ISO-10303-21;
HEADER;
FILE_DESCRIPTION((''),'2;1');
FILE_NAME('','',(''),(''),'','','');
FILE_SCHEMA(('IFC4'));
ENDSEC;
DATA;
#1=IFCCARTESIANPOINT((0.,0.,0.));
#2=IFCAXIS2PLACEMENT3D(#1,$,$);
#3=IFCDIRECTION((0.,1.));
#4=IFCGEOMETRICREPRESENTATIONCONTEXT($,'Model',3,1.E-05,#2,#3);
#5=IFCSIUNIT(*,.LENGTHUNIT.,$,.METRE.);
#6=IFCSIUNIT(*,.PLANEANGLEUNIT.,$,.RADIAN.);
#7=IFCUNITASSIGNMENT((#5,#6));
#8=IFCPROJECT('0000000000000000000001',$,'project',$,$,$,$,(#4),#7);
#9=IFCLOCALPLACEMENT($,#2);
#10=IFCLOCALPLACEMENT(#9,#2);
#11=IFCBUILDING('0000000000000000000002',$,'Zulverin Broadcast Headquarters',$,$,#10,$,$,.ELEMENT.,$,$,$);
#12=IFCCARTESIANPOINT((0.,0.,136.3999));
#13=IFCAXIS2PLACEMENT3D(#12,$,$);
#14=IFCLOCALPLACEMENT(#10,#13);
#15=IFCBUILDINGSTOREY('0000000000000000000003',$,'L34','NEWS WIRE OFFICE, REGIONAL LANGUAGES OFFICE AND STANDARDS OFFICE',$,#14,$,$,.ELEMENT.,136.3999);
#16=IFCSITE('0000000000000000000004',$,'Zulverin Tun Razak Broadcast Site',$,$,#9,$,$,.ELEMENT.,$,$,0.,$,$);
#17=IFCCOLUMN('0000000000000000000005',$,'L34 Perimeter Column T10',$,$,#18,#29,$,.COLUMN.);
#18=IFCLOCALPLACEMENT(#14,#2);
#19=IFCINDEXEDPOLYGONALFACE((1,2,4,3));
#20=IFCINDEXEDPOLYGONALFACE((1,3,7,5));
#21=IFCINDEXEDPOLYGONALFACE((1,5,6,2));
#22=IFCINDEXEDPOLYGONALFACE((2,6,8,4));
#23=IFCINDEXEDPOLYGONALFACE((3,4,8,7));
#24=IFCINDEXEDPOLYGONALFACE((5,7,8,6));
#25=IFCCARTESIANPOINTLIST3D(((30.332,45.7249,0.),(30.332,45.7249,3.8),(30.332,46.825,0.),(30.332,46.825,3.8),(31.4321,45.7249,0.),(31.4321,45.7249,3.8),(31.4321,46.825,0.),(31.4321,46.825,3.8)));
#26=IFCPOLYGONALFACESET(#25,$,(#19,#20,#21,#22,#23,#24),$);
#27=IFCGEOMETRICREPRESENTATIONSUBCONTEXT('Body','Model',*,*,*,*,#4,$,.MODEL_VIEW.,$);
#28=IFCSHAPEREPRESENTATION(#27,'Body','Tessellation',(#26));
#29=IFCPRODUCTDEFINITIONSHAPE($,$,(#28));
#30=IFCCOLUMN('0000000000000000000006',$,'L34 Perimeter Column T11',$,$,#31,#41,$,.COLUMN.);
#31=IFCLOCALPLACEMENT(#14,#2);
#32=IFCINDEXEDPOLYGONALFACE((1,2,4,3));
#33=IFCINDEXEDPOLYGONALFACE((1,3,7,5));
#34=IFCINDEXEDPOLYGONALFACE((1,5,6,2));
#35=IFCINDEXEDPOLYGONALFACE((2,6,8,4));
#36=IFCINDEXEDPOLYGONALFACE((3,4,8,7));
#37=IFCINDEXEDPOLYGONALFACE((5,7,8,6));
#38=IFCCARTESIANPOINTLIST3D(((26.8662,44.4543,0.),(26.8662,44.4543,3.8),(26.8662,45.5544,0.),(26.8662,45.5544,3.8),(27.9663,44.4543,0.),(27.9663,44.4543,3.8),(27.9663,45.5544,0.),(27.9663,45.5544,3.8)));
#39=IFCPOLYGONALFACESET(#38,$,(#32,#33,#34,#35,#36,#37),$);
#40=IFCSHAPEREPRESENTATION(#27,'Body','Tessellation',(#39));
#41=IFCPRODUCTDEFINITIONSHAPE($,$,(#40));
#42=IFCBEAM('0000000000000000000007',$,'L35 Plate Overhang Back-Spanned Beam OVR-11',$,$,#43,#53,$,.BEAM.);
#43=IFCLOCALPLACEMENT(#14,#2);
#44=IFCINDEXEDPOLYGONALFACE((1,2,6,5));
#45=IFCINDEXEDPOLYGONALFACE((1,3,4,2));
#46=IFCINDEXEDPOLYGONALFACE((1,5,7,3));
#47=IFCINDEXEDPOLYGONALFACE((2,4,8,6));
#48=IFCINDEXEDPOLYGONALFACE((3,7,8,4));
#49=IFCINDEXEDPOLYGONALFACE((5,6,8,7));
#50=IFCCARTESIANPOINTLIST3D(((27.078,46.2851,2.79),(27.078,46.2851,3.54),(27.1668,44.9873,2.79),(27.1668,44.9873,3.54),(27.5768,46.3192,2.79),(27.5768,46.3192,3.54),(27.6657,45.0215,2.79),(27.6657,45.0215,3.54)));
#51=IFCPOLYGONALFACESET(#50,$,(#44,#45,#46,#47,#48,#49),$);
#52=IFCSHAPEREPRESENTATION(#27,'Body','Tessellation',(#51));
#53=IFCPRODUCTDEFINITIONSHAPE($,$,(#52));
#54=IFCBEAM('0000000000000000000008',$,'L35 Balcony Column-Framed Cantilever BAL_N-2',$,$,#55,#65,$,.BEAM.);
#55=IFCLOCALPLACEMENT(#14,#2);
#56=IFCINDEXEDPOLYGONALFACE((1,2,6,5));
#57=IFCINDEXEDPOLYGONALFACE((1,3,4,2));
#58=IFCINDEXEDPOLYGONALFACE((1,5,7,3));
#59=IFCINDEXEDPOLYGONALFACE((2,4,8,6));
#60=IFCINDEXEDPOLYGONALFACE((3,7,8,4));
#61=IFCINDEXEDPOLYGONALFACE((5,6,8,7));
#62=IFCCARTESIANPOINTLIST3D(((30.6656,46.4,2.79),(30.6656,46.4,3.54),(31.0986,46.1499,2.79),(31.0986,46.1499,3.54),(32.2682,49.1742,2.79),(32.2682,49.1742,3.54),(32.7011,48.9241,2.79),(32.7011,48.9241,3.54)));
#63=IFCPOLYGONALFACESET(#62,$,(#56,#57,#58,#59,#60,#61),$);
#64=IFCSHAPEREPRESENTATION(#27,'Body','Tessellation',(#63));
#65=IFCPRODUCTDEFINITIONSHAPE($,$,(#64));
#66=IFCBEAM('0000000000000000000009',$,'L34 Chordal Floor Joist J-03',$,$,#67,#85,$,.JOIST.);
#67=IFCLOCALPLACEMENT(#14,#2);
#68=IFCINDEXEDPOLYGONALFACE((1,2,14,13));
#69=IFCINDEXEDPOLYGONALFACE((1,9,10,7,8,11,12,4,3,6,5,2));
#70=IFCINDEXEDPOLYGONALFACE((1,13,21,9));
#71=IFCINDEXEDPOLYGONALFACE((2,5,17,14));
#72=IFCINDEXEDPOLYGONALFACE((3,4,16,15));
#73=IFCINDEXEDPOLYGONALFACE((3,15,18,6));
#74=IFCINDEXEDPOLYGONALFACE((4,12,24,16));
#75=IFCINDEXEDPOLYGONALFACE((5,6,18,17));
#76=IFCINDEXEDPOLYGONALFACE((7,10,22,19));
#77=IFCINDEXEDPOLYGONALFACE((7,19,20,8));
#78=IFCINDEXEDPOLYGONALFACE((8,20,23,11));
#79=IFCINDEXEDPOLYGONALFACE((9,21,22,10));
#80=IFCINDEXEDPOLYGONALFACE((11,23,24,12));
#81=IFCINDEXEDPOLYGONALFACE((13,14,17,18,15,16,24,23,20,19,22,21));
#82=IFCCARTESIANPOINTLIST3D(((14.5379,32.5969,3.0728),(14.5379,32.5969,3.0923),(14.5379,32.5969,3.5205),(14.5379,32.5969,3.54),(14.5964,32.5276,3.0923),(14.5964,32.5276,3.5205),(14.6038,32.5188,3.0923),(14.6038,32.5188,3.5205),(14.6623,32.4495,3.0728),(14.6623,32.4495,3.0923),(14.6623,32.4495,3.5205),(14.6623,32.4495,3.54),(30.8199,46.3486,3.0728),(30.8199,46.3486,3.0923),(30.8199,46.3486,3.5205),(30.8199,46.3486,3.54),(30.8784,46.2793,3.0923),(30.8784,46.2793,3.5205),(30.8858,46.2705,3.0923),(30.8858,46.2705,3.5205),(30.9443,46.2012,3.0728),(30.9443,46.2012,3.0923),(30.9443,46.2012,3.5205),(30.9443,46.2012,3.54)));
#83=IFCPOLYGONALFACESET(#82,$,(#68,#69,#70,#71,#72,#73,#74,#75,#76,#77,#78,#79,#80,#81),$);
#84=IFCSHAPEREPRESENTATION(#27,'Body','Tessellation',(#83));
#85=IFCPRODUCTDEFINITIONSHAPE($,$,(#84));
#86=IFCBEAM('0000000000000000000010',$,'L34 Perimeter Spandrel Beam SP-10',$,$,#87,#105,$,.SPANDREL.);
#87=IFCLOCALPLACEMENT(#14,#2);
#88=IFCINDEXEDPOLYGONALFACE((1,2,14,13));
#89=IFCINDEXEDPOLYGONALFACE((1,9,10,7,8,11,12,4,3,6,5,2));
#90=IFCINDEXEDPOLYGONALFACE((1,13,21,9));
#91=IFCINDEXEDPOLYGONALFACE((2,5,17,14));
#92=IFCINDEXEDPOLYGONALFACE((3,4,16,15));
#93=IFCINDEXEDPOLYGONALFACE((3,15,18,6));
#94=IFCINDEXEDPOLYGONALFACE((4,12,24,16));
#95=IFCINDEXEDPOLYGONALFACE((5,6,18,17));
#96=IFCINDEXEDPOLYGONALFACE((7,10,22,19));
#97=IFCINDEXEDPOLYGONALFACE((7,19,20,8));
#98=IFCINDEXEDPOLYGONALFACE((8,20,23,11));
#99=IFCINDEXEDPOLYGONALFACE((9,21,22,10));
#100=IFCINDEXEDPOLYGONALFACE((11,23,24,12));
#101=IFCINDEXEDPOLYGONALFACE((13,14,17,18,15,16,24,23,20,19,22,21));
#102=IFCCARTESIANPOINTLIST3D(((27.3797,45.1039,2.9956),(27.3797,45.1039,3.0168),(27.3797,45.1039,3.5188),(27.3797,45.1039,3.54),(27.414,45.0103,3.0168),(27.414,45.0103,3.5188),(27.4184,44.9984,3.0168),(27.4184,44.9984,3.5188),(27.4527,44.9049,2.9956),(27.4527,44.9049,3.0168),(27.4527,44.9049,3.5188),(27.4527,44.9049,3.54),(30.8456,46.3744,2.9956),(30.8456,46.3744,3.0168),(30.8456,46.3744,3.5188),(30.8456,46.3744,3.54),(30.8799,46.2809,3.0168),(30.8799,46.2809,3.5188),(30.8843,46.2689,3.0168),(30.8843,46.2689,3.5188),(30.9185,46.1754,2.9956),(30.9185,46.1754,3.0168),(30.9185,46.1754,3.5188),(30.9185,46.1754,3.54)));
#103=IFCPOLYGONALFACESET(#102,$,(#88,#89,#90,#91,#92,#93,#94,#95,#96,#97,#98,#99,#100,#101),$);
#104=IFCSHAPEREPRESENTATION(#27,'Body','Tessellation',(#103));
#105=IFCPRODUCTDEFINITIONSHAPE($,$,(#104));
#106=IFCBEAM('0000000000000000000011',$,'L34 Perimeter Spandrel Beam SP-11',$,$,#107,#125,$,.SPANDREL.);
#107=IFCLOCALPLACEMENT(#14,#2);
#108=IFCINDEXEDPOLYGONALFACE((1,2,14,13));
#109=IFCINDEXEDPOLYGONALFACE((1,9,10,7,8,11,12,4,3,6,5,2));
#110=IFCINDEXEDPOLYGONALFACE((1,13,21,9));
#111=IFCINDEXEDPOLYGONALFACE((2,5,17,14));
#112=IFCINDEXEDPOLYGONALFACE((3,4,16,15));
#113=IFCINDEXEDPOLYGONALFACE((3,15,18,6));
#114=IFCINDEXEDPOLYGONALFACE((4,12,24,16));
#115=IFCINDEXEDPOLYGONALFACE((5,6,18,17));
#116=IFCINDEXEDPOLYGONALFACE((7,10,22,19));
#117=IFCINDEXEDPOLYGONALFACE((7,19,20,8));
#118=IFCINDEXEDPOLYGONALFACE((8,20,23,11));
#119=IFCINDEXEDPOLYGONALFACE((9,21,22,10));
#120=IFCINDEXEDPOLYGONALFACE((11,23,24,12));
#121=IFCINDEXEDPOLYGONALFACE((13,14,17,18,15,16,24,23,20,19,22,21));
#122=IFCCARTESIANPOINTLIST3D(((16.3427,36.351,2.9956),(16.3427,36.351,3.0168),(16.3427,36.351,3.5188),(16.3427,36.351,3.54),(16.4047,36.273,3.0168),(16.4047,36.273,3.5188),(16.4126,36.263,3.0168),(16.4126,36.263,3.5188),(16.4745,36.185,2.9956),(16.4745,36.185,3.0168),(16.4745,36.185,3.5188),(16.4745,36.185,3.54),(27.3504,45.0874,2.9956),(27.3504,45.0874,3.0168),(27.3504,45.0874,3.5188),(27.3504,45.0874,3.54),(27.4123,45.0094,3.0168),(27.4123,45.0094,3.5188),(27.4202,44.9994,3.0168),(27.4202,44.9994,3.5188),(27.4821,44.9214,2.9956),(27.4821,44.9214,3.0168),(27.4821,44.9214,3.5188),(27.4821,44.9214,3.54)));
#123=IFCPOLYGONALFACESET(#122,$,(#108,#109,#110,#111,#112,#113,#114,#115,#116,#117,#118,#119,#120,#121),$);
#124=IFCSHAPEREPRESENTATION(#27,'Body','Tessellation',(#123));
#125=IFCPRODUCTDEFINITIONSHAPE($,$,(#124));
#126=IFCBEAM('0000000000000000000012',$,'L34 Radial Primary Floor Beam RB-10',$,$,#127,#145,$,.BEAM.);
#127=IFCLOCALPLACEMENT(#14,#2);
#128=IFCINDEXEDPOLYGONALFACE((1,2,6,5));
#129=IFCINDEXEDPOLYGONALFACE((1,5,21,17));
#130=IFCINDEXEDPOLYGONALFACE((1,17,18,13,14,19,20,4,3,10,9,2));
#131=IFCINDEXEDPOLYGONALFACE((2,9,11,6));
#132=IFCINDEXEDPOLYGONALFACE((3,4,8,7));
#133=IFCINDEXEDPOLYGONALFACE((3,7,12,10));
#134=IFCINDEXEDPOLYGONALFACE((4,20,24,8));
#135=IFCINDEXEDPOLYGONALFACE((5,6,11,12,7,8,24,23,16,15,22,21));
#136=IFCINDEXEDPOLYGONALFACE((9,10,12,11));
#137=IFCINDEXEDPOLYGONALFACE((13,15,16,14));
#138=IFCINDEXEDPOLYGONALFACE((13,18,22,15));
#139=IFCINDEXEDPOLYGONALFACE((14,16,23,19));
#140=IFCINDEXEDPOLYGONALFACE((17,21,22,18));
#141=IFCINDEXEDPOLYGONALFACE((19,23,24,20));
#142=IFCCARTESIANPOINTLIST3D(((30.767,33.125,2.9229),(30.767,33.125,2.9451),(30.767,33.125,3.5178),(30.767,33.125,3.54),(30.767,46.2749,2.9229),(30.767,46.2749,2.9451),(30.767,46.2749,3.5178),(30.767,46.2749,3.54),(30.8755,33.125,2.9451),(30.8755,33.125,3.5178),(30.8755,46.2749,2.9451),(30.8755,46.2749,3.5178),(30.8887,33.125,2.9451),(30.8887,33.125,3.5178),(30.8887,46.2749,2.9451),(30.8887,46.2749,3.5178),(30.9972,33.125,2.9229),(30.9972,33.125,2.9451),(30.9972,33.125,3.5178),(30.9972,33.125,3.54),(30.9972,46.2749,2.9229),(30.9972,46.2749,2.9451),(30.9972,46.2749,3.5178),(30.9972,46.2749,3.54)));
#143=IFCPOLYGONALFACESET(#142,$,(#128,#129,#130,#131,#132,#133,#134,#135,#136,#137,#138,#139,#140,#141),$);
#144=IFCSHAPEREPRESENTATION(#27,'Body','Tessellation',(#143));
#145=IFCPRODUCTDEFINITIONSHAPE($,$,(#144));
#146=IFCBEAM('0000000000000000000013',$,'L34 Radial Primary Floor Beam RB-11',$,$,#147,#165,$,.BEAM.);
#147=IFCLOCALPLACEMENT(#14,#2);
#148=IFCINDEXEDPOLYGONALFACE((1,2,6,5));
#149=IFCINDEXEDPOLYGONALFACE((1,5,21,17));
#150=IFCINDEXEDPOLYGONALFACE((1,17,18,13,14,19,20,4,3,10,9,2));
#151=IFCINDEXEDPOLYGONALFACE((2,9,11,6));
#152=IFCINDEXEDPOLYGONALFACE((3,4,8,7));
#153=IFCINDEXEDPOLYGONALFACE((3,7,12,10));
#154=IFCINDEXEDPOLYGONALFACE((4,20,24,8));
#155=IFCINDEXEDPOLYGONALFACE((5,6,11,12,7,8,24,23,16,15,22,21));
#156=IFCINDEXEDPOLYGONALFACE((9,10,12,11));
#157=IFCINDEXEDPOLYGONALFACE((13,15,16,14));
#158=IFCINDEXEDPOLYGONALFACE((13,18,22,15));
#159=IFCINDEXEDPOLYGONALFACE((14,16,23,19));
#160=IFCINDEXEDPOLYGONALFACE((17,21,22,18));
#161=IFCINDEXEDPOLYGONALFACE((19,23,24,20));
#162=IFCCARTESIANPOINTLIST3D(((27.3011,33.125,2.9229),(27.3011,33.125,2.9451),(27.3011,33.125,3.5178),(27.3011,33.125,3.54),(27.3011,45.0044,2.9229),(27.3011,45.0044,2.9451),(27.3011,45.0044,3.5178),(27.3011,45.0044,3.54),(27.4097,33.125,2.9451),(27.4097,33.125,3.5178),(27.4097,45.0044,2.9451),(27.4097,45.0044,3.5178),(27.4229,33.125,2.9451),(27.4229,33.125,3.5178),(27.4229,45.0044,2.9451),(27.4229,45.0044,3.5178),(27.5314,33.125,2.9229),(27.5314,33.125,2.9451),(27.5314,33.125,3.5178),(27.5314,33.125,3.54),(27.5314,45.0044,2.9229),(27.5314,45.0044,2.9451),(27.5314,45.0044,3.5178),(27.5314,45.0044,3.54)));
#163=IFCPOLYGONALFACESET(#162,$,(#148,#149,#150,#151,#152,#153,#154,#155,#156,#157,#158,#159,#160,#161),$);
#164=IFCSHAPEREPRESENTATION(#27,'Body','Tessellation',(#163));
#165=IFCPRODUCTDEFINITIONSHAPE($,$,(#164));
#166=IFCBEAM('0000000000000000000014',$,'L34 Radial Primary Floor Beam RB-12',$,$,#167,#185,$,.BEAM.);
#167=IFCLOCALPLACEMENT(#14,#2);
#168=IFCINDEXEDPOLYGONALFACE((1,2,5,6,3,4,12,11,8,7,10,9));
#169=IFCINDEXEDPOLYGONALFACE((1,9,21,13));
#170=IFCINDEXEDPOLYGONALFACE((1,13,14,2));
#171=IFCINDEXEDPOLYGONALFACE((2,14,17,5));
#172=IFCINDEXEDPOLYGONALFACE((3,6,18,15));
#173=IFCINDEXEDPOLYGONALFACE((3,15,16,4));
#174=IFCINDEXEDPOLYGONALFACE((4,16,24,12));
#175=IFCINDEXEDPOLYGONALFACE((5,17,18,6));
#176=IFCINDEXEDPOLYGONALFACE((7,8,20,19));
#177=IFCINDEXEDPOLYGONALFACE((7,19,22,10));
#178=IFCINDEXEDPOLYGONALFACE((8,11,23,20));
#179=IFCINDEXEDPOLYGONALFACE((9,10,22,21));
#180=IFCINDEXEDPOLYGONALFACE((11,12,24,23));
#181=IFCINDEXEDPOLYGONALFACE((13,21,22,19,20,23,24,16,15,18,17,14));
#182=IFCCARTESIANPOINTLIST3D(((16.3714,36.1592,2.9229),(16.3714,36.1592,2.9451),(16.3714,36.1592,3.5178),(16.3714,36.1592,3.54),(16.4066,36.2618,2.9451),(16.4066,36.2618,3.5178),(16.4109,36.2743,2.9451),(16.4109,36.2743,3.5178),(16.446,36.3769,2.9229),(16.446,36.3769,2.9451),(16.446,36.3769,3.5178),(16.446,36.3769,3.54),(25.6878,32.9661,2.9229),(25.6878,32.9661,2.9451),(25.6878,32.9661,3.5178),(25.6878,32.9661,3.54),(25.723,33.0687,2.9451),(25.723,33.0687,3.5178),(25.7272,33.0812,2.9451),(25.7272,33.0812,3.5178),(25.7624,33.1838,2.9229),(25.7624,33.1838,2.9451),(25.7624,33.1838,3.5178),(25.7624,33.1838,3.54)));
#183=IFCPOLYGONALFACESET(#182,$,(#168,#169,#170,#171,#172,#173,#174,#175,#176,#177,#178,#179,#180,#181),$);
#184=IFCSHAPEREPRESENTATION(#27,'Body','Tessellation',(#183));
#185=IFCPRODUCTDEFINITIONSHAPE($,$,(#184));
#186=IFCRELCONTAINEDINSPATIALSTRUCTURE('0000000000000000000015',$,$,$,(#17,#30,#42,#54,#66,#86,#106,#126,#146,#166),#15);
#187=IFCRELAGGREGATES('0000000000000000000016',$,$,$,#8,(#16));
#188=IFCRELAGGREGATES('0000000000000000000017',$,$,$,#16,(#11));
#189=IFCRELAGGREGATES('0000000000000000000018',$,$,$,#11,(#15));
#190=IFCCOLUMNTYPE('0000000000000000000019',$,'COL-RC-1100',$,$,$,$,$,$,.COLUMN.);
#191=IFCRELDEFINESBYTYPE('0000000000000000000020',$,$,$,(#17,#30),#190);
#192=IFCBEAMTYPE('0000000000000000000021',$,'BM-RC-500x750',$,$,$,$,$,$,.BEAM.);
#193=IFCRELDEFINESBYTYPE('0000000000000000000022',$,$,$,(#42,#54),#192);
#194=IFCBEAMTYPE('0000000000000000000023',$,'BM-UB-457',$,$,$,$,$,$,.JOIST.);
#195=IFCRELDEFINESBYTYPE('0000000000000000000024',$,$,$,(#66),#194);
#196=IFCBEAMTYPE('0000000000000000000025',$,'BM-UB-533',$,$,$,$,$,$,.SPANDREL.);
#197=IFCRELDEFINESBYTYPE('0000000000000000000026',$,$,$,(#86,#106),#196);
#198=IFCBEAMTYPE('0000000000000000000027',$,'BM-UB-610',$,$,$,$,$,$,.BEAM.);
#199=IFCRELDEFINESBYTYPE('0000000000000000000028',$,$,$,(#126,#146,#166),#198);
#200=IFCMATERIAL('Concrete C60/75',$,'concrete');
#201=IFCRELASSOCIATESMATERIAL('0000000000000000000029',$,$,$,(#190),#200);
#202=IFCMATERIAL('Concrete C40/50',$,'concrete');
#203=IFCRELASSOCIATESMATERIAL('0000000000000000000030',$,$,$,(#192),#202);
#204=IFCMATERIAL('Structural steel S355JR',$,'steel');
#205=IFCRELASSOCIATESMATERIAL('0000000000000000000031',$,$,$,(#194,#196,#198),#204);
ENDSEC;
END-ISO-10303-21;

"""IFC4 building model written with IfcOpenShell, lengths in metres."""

from ifc_helpers import new_model, si_unit, direction, frame, origin, origin_2d, place, context, subcontext, project, spatial, rectangle, i_section, extrude, material, material_profile, profile_set, type_object, element, save


model = new_model("IFC4")

# Units and contexts
model_context = context("Model", 3, precision=1e-05, world=origin(), true_north=direction((0.0, 1.0)))
body_context = subcontext(model_context, "Body", "Model", "MODEL_VIEW")
ifc_project = project(units=[si_unit("LENGTHUNIT", "METRE"), si_unit("PLANEANGLEUNIT", "RADIAN")], contexts=[model_context])

# Site, building, storey
site_placement = place(None, origin())
site = spatial("IfcSite", under=ifc_project, at=site_placement, Name="Zulverin Tun Razak Broadcast Site", CompositionType="ELEMENT", RefElevation=0.0)
building_placement = place(site_placement, origin())
building = spatial("IfcBuilding", under=site, at=building_placement, Name="Zulverin Broadcast Headquarters", CompositionType="ELEMENT")
storey_placement = place(building_placement, frame((0.0, 0.0, 136.3999)))
storey = spatial("IfcBuildingStorey", under=building, at=storey_placement, Name="L34", Description="NEWS WIRE OFFICE, REGIONAL LANGUAGES OFFICE AND STANDARDS OFFICE", CompositionType="ELEMENT", Elevation=136.3999)

# Columns
ifc_material_1 = material(Name="Concrete C60/75", Category="concrete")
ifc_material_profile_1 = material_profile(ifc_material_1, rectangle(XDim=1.1001, YDim=1.1001, at=origin_2d()), Name="Concrete C60/75", Category="concrete")
ifc_profile_set_1 = profile_set([ifc_material_profile_1], Name="Concrete C60/75")
column_type = type_object("IfcColumnType", Name="COL-RC-1100", PredefinedType="COLUMN", material=ifc_profile_set_1)
for number, where, z_axis, x_axis, name in (
    (1, (30.8821, 46.2749, 0.0), (0.0, 0.0, 1.0), (1.0, 0.0, 0.0), "L34 Perimeter Column T10"),
    (2, (27.4163, 45.0044, 0.0), (0.0, 0.0, 1.0), (1.0, 0.0, 0.0), "L34 Perimeter Column T11"),
):
    element("IfcColumn", number, at=place(storey_placement, frame(where, z_axis=z_axis, x_axis=x_axis)), inside=storey, type_object=column_type, Name=name, PredefinedType="COLUMN", context=body_context, shape_type="SweptSolid", body=[
        extrude(rectangle(XDim=1.1001, YDim=1.1001, at=origin_2d()), origin(), (0.0, 0.0, 1.0), 3.8),
    ])

# Beams
ifc_material_2 = material(Name="Concrete C40/50", Category="concrete")
ifc_material_profile_2 = material_profile(ifc_material_2, rectangle(XDim=0.5, YDim=0.75, at=origin_2d()), Name="Concrete C40/50", Category="concrete")
ifc_profile_set_2 = profile_set([ifc_material_profile_2], Name="Concrete C40/50")
beam_type_1 = type_object("IfcBeamType", Name="BM-RC-500x750", PredefinedType="BEAM", material=ifc_profile_set_2)
beam_1_placement = place(storey_placement, frame((27.4163, 45.0044, 3.165), z_axis=(-0.068313, 0.997664, 0.0), x_axis=(-0.997664, -0.068313, 0.0)))
element("IfcBeam", 3, at=beam_1_placement, inside=storey, type_object=beam_type_1, Name="L35 Plate Overhang Back-Spanned Beam OVR-11", PredefinedType="BEAM", context=body_context, shape_type="SweptSolid", body=[
    extrude(rectangle(XDim=0.5, YDim=0.75, at=origin_2d()), origin(), (0.0, 0.0, 1.0), 1.3008),
])
beam_2_placement = place(storey_placement, frame((30.8821, 46.2749, 3.165), z_axis=(0.500204, 0.865908, 0.0), x_axis=(-0.865908, 0.500204, 0.0)))
element("IfcBeam", 4, at=beam_2_placement, inside=storey, type_object=beam_type_1, Name="L35 Balcony Column-Framed Cantilever BAL_N-2", PredefinedType="BEAM", context=body_context, shape_type="SweptSolid", body=[
    extrude(rectangle(XDim=0.5, YDim=0.75, at=origin_2d()), origin(), (0.0, 0.0, 1.0), 3.2039),
])
ifc_material_3 = material(Name="Structural steel S355JR", Category="steel")
ifc_material_profile_3 = material_profile(ifc_material_3, i_section(OverallWidth=0.1929, OverallDepth=0.4673, WebThickness=0.0115, FlangeThickness=0.0195, at=origin_2d()), Name="Structural steel S355JR", Category="steel")
ifc_profile_set_3 = profile_set([ifc_material_profile_3], Name="Structural steel S355JR")
beam_type_2 = type_object("IfcBeamType", Name="BM-UB-457", PredefinedType="JOIST", material=ifc_profile_set_3)
beam_3_placement = place(storey_placement, frame((30.8821, 46.2749, 3.3064), z_axis=(-0.763973, -0.645249, 0.0), x_axis=(0.645249, -0.763973, 0.0)))
element("IfcBeam", 5, at=beam_3_placement, inside=storey, type_object=beam_type_2, Name="L34 Chordal Floor Joist J-03", PredefinedType="JOIST", context=body_context, shape_type="SweptSolid", body=[
    extrude(i_section(OverallWidth=0.1929, OverallDepth=0.4673, WebThickness=0.0115, FlangeThickness=0.0195, at=origin_2d()), origin(), (0.0, 0.0, 1.0), 21.3123),
])
ifc_material_profile_4 = material_profile(ifc_material_3, i_section(OverallWidth=0.2119, OverallDepth=0.5444, WebThickness=0.0127, FlangeThickness=0.0212, at=origin_2d()), Name="Structural steel S355JR", Category="steel")
ifc_profile_set_4 = profile_set([ifc_material_profile_4], Name="Structural steel S355JR")
beam_type_3 = type_object("IfcBeamType", Name="BM-UB-533", PredefinedType="SPANDREL", material=ifc_profile_set_4)
beam_4_placement = place(storey_placement, frame((30.8821, 46.2749, 3.2678), z_axis=(-0.938902, -0.344185, 0.0), x_axis=(0.344185, -0.938902, 0.0)))
element("IfcBeam", 6, at=beam_4_placement, inside=storey, type_object=beam_type_3, Name="L34 Perimeter Spandrel Beam SP-10", PredefinedType="SPANDREL", context=body_context, shape_type="SweptSolid", body=[
    extrude(i_section(OverallWidth=0.2119, OverallDepth=0.5444, WebThickness=0.0127, FlangeThickness=0.0212, at=origin_2d()), origin(), (0.0, 0.0, 1.0), 3.6914),
])
beam_5_placement = place(storey_placement, frame((27.4163, 45.0044, 3.2678), z_axis=(-0.783283, -0.621665, 0.0), x_axis=(0.621665, -0.783283, 0.0)))
element("IfcBeam", 7, at=beam_5_placement, inside=storey, type_object=beam_type_3, Name="L34 Perimeter Spandrel Beam SP-11", PredefinedType="SPANDREL", context=body_context, shape_type="SweptSolid", body=[
    extrude(i_section(OverallWidth=0.2119, OverallDepth=0.5444, WebThickness=0.0127, FlangeThickness=0.0212, at=origin_2d()), origin(), (0.0, 0.0, 1.0), 14.0532),
])
ifc_material_profile_5 = material_profile(ifc_material_3, i_section(OverallWidth=0.2302, OverallDepth=0.6172, WebThickness=0.0132, FlangeThickness=0.0222, at=origin_2d()), Name="Structural steel S355JR", Category="steel")
ifc_profile_set_5 = profile_set([ifc_material_profile_5], Name="Structural steel S355JR")
beam_type_4 = type_object("IfcBeamType", Name="BM-UB-610", PredefinedType="BEAM", material=ifc_profile_set_5)
beam_6_placement = place(storey_placement, frame((30.8821, 33.125, 3.2314), z_axis=(0.0, 1.0, 0.0), x_axis=(-1.0, 0.0, 0.0)))
element("IfcBeam", 8, at=beam_6_placement, inside=storey, type_object=beam_type_4, Name="L34 Radial Primary Floor Beam RB-10", PredefinedType="BEAM", context=body_context, shape_type="SweptSolid", body=[
    extrude(i_section(OverallWidth=0.2302, OverallDepth=0.6172, WebThickness=0.0132, FlangeThickness=0.0222, at=origin_2d()), origin(), (0.0, 0.0, 1.0), 13.1499),
])
beam_7_placement = place(storey_placement, frame((27.4163, 33.125, 3.2314), z_axis=(0.0, 1.0, 0.0), x_axis=(-1.0, 0.0, 0.0)))
element("IfcBeam", 9, at=beam_7_placement, inside=storey, type_object=beam_type_4, Name="L34 Radial Primary Floor Beam RB-11", PredefinedType="BEAM", context=body_context, shape_type="SweptSolid", body=[
    extrude(i_section(OverallWidth=0.2302, OverallDepth=0.6172, WebThickness=0.0132, FlangeThickness=0.0222, at=origin_2d()), origin(), (0.0, 0.0, 1.0), 11.8794),
])
beam_8_placement = place(storey_placement, frame((25.7251, 33.075, 3.2314), z_axis=(-0.94598, 0.324226, 0.0), x_axis=(-0.324226, -0.94598, 0.0)))
element("IfcBeam", 10, at=beam_8_placement, inside=storey, type_object=beam_type_4, Name="L34 Radial Primary Floor Beam RB-12", PredefinedType="BEAM", context=body_context, shape_type="SweptSolid", body=[
    extrude(i_section(OverallWidth=0.2302, OverallDepth=0.6172, WebThickness=0.0132, FlangeThickness=0.0222, at=origin_2d()), origin(), (0.0, 0.0, 1.0), 9.8484),
])

save(model, "model.ifc")
